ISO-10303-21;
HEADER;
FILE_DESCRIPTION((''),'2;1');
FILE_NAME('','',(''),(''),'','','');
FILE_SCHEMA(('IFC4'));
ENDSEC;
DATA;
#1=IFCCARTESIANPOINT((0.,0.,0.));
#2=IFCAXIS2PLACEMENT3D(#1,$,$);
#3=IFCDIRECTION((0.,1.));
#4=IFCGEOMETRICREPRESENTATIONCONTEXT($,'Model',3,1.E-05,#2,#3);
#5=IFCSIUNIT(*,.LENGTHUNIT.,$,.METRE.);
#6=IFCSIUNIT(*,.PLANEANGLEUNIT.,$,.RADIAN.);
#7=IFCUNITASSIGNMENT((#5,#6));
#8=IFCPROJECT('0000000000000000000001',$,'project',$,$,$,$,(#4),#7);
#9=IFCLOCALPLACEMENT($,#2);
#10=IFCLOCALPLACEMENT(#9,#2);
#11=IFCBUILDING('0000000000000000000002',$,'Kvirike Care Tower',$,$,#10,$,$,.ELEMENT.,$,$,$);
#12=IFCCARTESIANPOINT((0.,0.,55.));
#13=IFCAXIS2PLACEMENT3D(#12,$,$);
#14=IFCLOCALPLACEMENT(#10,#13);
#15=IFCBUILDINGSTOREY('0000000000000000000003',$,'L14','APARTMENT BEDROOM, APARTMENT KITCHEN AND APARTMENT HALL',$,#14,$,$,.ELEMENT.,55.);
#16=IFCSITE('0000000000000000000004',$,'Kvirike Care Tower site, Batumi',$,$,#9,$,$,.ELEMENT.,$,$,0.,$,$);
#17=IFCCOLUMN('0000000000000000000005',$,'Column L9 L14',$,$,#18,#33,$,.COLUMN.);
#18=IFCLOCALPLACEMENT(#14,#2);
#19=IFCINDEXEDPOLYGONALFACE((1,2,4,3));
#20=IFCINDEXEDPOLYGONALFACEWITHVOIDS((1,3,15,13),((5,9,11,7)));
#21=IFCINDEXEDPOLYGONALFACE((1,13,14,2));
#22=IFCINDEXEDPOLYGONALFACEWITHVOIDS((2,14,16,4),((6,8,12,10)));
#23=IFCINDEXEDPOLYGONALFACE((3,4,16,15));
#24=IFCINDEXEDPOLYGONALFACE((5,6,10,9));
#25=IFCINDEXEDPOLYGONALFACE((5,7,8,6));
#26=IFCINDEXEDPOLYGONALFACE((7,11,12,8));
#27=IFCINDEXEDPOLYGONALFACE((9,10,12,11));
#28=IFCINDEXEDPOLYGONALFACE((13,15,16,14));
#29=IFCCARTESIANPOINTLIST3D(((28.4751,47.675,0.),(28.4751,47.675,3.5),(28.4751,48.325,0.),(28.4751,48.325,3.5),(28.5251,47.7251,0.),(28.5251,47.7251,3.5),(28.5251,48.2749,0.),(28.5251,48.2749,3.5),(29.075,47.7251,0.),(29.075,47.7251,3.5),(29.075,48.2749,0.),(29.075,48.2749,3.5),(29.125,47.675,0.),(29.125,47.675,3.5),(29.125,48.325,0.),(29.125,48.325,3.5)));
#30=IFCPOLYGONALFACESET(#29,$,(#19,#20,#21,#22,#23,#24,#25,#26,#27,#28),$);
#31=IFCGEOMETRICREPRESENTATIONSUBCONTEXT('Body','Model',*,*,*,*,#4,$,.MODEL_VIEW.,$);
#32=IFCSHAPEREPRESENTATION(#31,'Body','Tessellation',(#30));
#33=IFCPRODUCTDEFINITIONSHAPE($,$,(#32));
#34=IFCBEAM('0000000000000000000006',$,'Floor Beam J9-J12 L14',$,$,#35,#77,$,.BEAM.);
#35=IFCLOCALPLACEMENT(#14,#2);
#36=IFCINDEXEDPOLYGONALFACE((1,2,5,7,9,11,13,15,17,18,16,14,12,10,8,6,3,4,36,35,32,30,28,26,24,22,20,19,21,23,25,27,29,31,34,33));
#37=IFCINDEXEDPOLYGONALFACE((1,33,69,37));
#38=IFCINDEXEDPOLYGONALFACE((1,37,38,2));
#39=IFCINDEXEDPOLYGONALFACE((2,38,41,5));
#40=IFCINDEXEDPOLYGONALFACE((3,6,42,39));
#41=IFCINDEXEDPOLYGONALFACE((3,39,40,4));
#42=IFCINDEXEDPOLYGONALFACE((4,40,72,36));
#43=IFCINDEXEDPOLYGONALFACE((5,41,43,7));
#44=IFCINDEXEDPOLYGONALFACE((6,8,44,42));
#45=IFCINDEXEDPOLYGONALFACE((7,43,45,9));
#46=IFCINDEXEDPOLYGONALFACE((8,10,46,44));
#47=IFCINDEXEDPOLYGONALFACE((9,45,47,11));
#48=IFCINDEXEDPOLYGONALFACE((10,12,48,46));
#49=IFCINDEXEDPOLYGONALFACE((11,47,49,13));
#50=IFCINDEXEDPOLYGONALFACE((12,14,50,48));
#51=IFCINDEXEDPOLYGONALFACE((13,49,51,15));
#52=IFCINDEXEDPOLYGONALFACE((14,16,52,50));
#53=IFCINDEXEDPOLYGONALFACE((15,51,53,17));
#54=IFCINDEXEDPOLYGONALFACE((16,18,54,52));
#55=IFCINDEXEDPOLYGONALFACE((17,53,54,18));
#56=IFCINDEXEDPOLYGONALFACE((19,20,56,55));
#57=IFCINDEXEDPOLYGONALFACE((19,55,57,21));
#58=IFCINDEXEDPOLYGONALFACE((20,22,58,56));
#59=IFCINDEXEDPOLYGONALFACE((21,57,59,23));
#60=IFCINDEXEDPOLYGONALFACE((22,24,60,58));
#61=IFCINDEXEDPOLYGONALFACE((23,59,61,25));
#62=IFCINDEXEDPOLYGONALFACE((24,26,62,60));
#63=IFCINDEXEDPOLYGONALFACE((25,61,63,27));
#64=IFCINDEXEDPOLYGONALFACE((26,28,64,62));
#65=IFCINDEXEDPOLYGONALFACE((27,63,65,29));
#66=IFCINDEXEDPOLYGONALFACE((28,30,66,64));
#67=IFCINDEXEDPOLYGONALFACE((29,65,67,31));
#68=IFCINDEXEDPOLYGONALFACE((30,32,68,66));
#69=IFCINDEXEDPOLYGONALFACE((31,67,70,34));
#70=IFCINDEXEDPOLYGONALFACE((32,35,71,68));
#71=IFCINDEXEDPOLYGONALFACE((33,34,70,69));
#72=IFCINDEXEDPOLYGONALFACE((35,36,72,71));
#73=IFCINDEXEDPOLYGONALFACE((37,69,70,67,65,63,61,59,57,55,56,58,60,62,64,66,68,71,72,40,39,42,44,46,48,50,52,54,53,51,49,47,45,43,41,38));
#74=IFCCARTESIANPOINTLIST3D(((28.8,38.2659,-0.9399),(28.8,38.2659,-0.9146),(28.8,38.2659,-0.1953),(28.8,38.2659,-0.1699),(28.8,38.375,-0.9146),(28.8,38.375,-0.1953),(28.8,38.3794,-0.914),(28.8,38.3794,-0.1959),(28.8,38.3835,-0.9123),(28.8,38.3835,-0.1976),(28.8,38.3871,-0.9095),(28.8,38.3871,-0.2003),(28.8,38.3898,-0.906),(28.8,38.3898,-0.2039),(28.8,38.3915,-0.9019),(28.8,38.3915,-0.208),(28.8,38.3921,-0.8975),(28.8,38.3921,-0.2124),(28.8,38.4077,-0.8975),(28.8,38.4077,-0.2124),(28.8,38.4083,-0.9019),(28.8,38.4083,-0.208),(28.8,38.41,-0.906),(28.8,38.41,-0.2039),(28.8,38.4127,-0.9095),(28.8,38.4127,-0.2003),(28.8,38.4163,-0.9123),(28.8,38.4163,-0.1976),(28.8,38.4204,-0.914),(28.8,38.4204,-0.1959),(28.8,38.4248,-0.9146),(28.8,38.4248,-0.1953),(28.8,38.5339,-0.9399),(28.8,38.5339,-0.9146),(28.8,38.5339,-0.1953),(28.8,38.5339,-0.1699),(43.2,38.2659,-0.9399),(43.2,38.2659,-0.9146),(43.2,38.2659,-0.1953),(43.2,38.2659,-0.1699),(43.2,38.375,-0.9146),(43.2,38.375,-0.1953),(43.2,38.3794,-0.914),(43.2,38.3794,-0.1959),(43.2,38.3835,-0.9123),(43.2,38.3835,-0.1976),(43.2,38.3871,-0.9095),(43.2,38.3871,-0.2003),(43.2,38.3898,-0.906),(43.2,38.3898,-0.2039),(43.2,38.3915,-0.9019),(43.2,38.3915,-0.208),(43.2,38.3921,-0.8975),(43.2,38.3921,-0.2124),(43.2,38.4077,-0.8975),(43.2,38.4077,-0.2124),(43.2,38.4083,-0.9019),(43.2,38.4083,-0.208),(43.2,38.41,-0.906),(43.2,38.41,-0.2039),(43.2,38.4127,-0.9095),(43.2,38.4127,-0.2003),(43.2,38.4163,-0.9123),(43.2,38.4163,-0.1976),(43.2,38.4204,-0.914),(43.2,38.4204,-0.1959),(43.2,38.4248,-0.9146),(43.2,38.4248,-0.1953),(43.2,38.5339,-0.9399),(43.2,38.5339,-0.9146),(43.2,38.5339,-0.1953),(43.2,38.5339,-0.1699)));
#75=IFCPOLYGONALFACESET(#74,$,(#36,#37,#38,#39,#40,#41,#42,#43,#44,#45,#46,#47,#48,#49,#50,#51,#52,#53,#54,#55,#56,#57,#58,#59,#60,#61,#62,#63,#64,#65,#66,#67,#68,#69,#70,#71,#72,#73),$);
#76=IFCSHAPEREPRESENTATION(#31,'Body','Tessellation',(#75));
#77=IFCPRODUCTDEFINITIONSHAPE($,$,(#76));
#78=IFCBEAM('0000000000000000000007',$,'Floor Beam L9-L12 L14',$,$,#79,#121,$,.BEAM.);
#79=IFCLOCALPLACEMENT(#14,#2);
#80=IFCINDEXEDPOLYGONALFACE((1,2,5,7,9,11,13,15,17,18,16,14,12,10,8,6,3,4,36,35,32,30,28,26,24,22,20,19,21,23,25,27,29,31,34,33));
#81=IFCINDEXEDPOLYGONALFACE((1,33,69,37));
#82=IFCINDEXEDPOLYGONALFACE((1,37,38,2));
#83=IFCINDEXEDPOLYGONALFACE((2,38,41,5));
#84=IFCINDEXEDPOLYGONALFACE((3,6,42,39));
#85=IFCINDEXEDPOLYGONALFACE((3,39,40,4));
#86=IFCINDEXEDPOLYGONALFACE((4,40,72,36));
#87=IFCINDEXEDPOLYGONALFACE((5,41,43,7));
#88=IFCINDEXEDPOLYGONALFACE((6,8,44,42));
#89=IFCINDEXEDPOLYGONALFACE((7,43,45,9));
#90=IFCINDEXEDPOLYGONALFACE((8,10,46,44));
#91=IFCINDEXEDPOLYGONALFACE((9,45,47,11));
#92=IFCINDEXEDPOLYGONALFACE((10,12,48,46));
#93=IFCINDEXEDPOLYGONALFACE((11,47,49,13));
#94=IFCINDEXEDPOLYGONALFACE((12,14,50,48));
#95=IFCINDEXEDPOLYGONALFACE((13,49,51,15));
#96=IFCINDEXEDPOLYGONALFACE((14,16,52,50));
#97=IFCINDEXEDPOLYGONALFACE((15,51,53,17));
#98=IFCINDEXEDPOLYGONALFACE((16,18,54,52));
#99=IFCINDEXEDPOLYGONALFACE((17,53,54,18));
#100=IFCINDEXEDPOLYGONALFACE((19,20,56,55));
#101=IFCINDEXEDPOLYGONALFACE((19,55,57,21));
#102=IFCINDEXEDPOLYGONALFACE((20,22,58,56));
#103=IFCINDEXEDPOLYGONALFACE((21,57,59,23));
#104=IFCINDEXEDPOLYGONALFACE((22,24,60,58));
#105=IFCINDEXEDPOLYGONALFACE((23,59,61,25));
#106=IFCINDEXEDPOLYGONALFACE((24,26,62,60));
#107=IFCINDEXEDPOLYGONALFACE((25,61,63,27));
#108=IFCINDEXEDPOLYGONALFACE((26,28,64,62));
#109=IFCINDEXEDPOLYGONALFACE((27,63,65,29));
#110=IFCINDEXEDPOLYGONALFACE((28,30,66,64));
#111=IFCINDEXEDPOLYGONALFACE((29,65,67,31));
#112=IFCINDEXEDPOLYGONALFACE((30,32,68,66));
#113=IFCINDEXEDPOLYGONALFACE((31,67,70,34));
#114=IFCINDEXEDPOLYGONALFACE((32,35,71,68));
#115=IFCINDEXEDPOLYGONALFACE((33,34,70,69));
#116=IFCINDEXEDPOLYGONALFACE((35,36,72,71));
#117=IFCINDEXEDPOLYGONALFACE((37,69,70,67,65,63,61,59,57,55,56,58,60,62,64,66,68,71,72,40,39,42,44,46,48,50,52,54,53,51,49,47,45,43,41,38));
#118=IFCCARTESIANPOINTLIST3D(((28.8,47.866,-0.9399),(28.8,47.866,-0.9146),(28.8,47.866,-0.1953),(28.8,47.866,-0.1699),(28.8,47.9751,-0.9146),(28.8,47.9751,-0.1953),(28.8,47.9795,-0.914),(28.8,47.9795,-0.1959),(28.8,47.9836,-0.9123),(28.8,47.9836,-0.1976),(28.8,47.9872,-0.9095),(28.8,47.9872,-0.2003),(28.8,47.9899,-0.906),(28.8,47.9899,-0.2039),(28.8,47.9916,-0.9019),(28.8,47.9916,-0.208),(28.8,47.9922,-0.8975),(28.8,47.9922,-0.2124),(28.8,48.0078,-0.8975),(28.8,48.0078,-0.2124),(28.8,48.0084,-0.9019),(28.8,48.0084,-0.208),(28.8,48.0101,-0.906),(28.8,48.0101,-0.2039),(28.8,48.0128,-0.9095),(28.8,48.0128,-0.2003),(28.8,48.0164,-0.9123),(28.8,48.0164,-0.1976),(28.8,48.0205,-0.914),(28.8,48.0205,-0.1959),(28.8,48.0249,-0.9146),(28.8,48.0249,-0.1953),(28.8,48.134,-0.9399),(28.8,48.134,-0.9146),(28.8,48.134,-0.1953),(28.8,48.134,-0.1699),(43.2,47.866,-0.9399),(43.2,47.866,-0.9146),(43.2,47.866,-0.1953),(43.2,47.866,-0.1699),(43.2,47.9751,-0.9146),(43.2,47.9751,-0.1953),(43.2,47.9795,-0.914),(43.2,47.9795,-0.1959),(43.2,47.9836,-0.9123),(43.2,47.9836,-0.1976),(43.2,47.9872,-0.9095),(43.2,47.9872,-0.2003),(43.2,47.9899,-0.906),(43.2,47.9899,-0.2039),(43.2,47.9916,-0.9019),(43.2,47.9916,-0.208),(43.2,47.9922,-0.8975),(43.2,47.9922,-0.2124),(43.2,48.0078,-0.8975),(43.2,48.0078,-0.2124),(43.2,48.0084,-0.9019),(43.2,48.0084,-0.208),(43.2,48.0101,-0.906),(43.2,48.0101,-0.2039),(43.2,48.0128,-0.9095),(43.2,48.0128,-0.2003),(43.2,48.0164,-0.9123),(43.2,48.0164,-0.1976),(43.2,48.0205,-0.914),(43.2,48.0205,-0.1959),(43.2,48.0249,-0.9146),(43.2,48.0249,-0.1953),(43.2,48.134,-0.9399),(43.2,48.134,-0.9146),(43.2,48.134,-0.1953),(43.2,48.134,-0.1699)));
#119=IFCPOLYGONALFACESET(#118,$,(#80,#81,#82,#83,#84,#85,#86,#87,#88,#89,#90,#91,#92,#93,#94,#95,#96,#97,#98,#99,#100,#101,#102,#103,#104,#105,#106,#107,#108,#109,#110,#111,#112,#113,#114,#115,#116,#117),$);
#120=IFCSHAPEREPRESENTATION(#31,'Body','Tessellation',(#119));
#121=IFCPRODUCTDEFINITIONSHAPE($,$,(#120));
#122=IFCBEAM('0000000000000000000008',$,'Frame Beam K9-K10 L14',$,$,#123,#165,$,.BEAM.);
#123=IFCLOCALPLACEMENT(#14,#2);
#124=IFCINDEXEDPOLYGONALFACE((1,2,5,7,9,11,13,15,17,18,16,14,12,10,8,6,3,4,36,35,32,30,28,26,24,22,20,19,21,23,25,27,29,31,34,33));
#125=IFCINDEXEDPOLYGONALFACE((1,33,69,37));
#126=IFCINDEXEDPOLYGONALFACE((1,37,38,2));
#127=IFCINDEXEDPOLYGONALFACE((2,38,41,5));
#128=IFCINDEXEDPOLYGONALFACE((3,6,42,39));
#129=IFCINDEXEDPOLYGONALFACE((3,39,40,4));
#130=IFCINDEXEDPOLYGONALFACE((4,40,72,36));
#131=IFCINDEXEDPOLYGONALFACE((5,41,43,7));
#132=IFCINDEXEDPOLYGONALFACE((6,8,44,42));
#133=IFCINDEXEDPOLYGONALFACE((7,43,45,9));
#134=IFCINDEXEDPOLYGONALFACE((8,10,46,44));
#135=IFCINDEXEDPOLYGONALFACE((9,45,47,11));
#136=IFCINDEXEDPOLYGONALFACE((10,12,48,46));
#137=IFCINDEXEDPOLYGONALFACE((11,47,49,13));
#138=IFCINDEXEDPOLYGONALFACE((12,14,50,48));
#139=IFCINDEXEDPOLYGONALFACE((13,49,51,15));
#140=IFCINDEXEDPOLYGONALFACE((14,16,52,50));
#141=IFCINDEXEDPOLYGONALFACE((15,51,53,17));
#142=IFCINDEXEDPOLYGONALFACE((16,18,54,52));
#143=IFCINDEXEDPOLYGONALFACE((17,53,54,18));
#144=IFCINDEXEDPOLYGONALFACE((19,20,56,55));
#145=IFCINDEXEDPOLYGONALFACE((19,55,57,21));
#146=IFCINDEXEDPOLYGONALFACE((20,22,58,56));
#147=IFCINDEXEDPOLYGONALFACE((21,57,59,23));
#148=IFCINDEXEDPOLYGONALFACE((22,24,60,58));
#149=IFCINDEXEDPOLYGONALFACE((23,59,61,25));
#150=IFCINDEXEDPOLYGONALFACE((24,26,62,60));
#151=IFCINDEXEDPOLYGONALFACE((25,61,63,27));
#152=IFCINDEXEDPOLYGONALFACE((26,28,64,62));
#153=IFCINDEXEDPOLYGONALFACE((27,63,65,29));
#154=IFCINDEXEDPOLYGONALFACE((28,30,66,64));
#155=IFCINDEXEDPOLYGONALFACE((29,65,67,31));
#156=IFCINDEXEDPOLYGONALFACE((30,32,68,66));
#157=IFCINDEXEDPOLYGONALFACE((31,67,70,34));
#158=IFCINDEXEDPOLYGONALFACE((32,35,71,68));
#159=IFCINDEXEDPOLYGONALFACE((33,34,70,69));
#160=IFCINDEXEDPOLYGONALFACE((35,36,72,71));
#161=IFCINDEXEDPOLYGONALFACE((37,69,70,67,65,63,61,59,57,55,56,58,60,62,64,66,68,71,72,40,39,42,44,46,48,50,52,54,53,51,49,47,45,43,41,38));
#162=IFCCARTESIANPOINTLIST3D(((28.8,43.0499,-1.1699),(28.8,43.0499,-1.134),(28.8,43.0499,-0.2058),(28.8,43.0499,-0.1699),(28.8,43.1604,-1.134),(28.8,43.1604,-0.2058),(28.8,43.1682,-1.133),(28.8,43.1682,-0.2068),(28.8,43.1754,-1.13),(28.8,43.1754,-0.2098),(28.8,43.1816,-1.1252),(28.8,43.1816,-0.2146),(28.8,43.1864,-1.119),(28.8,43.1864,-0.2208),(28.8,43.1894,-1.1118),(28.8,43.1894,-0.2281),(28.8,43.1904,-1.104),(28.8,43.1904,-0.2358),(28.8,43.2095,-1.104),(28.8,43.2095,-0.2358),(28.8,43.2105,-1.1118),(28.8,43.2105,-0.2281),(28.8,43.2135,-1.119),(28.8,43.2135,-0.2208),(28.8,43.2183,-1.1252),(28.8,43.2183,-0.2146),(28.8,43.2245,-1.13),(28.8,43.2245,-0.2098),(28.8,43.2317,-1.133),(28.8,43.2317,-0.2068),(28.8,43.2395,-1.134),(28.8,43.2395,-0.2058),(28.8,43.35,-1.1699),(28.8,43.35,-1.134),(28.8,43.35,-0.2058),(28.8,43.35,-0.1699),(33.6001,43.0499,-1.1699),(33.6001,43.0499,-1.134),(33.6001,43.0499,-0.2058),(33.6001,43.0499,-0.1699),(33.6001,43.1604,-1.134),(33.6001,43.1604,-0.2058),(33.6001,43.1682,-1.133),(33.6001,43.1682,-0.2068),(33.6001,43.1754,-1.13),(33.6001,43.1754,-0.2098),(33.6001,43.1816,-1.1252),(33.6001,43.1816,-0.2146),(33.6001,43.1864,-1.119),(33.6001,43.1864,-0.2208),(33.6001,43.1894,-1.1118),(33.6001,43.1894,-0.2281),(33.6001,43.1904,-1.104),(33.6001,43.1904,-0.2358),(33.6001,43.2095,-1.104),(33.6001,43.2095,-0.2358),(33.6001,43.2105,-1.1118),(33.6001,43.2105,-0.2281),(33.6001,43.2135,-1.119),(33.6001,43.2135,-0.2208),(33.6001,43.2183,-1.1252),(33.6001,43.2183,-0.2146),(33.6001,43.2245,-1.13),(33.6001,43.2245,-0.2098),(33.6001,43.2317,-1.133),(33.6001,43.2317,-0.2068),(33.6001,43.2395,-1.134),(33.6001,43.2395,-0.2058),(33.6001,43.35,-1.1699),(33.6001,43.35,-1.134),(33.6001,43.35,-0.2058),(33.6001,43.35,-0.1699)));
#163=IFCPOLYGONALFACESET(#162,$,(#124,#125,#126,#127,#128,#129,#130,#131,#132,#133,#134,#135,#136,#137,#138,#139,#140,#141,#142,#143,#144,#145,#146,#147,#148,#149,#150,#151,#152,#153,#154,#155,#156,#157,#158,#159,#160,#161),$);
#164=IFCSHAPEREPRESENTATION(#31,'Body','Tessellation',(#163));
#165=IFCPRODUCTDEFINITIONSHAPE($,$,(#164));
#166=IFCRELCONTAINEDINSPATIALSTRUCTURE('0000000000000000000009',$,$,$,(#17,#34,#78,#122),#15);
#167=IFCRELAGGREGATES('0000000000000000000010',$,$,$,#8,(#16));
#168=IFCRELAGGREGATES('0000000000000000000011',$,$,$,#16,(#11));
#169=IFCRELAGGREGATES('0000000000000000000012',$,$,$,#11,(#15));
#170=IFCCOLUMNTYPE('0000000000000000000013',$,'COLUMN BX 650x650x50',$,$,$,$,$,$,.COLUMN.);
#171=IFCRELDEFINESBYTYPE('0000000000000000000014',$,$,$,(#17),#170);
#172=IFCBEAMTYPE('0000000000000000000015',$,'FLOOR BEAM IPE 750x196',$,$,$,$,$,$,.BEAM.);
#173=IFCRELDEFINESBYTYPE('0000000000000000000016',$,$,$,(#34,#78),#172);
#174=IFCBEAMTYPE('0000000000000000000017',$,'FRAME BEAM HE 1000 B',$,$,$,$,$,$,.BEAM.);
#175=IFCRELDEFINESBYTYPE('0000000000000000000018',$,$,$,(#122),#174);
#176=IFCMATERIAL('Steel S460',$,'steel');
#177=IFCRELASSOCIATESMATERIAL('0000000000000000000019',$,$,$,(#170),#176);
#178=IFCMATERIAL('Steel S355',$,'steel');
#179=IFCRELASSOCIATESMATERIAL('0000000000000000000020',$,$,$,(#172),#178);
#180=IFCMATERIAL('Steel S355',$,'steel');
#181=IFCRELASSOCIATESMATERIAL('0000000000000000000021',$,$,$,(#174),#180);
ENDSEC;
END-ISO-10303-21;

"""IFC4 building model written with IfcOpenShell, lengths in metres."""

from ifc_helpers import new_model, si_unit, direction, frame, origin, origin_2d, place, context, subcontext, project, spatial, hollow_rectangle, i_section, extrude, material, material_profile, profile_set, type_object, element, save


model = new_model("IFC4")

# Units and contexts
model_context = context("Model", 3, precision=1e-05, world=origin(), true_north=direction((0.0, 1.0)))
body_context = subcontext(model_context, "Body", "Model", "MODEL_VIEW")
ifc_project = project(units=[si_unit("LENGTHUNIT", "METRE"), si_unit("PLANEANGLEUNIT", "RADIAN")], contexts=[model_context])

# Site, building, storey
site_placement = place(None, origin())
site = spatial("IfcSite", under=ifc_project, at=site_placement, Name="Kvirike Care Tower site, Batumi", CompositionType="ELEMENT", RefElevation=0.0)
building_placement = place(site_placement, origin())
building = spatial("IfcBuilding", under=site, at=building_placement, Name="Kvirike Care Tower", CompositionType="ELEMENT")
storey_placement = place(building_placement, frame((0.0, 0.0, 55.0)))
storey = spatial("IfcBuildingStorey", under=building, at=storey_placement, Name="L14", Description="APARTMENT BEDROOM, APARTMENT KITCHEN AND APARTMENT HALL", CompositionType="ELEMENT", Elevation=55.0)

# Column
ifc_material_1 = material(Name="Steel S460", Category="steel")
ifc_material_profile_1 = material_profile(ifc_material_1, hollow_rectangle(XDim=0.6499, YDim=0.6499, WallThickness=0.05, at=origin_2d()), Name="BX 650x650x50")
ifc_profile_set_1 = profile_set([ifc_material_profile_1], Name="Steel S460")
column_type = type_object("IfcColumnType", Name="COLUMN BX 650x650x50", PredefinedType="COLUMN", material=ifc_profile_set_1)
column_placement = place(storey_placement, frame((28.8, 48.0, 0.0), z_axis=(0.0, 0.0, 1.0), x_axis=(1.0, 0.0, 0.0)))
element("IfcColumn", 1, at=column_placement, inside=storey, type_object=column_type, Name="Column L9 L14", PredefinedType="COLUMN", context=body_context, shape_type="SweptSolid", body=[
    extrude(hollow_rectangle(XDim=0.6499, YDim=0.6499, WallThickness=0.05, at=origin_2d()), origin(), (0.0, 0.0, 1.0), 3.5),
])

# Beams
ifc_material_2 = material(Name="Steel S355", Category="steel")
ifc_material_profile_2 = material_profile(ifc_material_2, i_section(OverallWidth=0.2681, OverallDepth=0.77, WebThickness=0.0156, FlangeThickness=0.0254, FilletRadius=0.0171, at=origin_2d()), Name="IPE 750x196")
ifc_profile_set_2 = profile_set([ifc_material_profile_2], Name="Steel S355")
beam_type_1 = type_object("IfcBeamType", Name="FLOOR BEAM IPE 750x196", PredefinedType="BEAM", material=ifc_profile_set_2)
for number, where, z_axis, x_axis, name in (
    (2, (28.8, 38.3999, -0.5549), (1.0, 0.0, 0.0), (0.0, 1.0, 0.0), "Floor Beam J9-J12 L14"),
    (3, (28.8, 48.0, -0.5549), (1.0, 0.0, 0.0), (0.0, 1.0, 0.0), "Floor Beam L9-L12 L14"),
):
    element("IfcBeam", number, at=place(storey_placement, frame(where, z_axis=z_axis, x_axis=x_axis)), inside=storey, type_object=beam_type_1, Name=name, PredefinedType="BEAM", context=body_context, shape_type="SweptSolid", body=[
        extrude(i_section(OverallWidth=0.2681, OverallDepth=0.77, WebThickness=0.0156, FlangeThickness=0.0254, FilletRadius=0.0171, at=origin_2d()), origin(), (0.0, 0.0, 1.0), 14.3999),
    ])
ifc_material_3 = material(Name="Steel S355", Category="steel")
ifc_material_profile_3 = material_profile(ifc_material_3, i_section(OverallWidth=0.3, OverallDepth=1.0, WebThickness=0.019, FlangeThickness=0.0359, FilletRadius=0.03, at=origin_2d()), Name="HE 1000 B")
ifc_profile_set_3 = profile_set([ifc_material_profile_3], Name="Steel S355")
beam_type_2 = type_object("IfcBeamType", Name="FRAME BEAM HE 1000 B", PredefinedType="BEAM", material=ifc_profile_set_3)
for number, where, z_axis, x_axis, name in (
    (4, (28.8, 43.2, -0.6699), (1.0, 0.0, 0.0), (0.0, 1.0, 0.0), "Frame Beam K9-K10 L14"),
):
    element("IfcBeam", number, at=place(storey_placement, frame(where, z_axis=z_axis, x_axis=x_axis)), inside=storey, type_object=beam_type_2, Name=name, PredefinedType="BEAM", context=body_context, shape_type="SweptSolid", body=[
        extrude(i_section(OverallWidth=0.3, OverallDepth=1.0, WebThickness=0.019, FlangeThickness=0.0359, FilletRadius=0.03, at=origin_2d()), origin(), (0.0, 0.0, 1.0), 4.8),
    ])

save(model, "model.ifc")
